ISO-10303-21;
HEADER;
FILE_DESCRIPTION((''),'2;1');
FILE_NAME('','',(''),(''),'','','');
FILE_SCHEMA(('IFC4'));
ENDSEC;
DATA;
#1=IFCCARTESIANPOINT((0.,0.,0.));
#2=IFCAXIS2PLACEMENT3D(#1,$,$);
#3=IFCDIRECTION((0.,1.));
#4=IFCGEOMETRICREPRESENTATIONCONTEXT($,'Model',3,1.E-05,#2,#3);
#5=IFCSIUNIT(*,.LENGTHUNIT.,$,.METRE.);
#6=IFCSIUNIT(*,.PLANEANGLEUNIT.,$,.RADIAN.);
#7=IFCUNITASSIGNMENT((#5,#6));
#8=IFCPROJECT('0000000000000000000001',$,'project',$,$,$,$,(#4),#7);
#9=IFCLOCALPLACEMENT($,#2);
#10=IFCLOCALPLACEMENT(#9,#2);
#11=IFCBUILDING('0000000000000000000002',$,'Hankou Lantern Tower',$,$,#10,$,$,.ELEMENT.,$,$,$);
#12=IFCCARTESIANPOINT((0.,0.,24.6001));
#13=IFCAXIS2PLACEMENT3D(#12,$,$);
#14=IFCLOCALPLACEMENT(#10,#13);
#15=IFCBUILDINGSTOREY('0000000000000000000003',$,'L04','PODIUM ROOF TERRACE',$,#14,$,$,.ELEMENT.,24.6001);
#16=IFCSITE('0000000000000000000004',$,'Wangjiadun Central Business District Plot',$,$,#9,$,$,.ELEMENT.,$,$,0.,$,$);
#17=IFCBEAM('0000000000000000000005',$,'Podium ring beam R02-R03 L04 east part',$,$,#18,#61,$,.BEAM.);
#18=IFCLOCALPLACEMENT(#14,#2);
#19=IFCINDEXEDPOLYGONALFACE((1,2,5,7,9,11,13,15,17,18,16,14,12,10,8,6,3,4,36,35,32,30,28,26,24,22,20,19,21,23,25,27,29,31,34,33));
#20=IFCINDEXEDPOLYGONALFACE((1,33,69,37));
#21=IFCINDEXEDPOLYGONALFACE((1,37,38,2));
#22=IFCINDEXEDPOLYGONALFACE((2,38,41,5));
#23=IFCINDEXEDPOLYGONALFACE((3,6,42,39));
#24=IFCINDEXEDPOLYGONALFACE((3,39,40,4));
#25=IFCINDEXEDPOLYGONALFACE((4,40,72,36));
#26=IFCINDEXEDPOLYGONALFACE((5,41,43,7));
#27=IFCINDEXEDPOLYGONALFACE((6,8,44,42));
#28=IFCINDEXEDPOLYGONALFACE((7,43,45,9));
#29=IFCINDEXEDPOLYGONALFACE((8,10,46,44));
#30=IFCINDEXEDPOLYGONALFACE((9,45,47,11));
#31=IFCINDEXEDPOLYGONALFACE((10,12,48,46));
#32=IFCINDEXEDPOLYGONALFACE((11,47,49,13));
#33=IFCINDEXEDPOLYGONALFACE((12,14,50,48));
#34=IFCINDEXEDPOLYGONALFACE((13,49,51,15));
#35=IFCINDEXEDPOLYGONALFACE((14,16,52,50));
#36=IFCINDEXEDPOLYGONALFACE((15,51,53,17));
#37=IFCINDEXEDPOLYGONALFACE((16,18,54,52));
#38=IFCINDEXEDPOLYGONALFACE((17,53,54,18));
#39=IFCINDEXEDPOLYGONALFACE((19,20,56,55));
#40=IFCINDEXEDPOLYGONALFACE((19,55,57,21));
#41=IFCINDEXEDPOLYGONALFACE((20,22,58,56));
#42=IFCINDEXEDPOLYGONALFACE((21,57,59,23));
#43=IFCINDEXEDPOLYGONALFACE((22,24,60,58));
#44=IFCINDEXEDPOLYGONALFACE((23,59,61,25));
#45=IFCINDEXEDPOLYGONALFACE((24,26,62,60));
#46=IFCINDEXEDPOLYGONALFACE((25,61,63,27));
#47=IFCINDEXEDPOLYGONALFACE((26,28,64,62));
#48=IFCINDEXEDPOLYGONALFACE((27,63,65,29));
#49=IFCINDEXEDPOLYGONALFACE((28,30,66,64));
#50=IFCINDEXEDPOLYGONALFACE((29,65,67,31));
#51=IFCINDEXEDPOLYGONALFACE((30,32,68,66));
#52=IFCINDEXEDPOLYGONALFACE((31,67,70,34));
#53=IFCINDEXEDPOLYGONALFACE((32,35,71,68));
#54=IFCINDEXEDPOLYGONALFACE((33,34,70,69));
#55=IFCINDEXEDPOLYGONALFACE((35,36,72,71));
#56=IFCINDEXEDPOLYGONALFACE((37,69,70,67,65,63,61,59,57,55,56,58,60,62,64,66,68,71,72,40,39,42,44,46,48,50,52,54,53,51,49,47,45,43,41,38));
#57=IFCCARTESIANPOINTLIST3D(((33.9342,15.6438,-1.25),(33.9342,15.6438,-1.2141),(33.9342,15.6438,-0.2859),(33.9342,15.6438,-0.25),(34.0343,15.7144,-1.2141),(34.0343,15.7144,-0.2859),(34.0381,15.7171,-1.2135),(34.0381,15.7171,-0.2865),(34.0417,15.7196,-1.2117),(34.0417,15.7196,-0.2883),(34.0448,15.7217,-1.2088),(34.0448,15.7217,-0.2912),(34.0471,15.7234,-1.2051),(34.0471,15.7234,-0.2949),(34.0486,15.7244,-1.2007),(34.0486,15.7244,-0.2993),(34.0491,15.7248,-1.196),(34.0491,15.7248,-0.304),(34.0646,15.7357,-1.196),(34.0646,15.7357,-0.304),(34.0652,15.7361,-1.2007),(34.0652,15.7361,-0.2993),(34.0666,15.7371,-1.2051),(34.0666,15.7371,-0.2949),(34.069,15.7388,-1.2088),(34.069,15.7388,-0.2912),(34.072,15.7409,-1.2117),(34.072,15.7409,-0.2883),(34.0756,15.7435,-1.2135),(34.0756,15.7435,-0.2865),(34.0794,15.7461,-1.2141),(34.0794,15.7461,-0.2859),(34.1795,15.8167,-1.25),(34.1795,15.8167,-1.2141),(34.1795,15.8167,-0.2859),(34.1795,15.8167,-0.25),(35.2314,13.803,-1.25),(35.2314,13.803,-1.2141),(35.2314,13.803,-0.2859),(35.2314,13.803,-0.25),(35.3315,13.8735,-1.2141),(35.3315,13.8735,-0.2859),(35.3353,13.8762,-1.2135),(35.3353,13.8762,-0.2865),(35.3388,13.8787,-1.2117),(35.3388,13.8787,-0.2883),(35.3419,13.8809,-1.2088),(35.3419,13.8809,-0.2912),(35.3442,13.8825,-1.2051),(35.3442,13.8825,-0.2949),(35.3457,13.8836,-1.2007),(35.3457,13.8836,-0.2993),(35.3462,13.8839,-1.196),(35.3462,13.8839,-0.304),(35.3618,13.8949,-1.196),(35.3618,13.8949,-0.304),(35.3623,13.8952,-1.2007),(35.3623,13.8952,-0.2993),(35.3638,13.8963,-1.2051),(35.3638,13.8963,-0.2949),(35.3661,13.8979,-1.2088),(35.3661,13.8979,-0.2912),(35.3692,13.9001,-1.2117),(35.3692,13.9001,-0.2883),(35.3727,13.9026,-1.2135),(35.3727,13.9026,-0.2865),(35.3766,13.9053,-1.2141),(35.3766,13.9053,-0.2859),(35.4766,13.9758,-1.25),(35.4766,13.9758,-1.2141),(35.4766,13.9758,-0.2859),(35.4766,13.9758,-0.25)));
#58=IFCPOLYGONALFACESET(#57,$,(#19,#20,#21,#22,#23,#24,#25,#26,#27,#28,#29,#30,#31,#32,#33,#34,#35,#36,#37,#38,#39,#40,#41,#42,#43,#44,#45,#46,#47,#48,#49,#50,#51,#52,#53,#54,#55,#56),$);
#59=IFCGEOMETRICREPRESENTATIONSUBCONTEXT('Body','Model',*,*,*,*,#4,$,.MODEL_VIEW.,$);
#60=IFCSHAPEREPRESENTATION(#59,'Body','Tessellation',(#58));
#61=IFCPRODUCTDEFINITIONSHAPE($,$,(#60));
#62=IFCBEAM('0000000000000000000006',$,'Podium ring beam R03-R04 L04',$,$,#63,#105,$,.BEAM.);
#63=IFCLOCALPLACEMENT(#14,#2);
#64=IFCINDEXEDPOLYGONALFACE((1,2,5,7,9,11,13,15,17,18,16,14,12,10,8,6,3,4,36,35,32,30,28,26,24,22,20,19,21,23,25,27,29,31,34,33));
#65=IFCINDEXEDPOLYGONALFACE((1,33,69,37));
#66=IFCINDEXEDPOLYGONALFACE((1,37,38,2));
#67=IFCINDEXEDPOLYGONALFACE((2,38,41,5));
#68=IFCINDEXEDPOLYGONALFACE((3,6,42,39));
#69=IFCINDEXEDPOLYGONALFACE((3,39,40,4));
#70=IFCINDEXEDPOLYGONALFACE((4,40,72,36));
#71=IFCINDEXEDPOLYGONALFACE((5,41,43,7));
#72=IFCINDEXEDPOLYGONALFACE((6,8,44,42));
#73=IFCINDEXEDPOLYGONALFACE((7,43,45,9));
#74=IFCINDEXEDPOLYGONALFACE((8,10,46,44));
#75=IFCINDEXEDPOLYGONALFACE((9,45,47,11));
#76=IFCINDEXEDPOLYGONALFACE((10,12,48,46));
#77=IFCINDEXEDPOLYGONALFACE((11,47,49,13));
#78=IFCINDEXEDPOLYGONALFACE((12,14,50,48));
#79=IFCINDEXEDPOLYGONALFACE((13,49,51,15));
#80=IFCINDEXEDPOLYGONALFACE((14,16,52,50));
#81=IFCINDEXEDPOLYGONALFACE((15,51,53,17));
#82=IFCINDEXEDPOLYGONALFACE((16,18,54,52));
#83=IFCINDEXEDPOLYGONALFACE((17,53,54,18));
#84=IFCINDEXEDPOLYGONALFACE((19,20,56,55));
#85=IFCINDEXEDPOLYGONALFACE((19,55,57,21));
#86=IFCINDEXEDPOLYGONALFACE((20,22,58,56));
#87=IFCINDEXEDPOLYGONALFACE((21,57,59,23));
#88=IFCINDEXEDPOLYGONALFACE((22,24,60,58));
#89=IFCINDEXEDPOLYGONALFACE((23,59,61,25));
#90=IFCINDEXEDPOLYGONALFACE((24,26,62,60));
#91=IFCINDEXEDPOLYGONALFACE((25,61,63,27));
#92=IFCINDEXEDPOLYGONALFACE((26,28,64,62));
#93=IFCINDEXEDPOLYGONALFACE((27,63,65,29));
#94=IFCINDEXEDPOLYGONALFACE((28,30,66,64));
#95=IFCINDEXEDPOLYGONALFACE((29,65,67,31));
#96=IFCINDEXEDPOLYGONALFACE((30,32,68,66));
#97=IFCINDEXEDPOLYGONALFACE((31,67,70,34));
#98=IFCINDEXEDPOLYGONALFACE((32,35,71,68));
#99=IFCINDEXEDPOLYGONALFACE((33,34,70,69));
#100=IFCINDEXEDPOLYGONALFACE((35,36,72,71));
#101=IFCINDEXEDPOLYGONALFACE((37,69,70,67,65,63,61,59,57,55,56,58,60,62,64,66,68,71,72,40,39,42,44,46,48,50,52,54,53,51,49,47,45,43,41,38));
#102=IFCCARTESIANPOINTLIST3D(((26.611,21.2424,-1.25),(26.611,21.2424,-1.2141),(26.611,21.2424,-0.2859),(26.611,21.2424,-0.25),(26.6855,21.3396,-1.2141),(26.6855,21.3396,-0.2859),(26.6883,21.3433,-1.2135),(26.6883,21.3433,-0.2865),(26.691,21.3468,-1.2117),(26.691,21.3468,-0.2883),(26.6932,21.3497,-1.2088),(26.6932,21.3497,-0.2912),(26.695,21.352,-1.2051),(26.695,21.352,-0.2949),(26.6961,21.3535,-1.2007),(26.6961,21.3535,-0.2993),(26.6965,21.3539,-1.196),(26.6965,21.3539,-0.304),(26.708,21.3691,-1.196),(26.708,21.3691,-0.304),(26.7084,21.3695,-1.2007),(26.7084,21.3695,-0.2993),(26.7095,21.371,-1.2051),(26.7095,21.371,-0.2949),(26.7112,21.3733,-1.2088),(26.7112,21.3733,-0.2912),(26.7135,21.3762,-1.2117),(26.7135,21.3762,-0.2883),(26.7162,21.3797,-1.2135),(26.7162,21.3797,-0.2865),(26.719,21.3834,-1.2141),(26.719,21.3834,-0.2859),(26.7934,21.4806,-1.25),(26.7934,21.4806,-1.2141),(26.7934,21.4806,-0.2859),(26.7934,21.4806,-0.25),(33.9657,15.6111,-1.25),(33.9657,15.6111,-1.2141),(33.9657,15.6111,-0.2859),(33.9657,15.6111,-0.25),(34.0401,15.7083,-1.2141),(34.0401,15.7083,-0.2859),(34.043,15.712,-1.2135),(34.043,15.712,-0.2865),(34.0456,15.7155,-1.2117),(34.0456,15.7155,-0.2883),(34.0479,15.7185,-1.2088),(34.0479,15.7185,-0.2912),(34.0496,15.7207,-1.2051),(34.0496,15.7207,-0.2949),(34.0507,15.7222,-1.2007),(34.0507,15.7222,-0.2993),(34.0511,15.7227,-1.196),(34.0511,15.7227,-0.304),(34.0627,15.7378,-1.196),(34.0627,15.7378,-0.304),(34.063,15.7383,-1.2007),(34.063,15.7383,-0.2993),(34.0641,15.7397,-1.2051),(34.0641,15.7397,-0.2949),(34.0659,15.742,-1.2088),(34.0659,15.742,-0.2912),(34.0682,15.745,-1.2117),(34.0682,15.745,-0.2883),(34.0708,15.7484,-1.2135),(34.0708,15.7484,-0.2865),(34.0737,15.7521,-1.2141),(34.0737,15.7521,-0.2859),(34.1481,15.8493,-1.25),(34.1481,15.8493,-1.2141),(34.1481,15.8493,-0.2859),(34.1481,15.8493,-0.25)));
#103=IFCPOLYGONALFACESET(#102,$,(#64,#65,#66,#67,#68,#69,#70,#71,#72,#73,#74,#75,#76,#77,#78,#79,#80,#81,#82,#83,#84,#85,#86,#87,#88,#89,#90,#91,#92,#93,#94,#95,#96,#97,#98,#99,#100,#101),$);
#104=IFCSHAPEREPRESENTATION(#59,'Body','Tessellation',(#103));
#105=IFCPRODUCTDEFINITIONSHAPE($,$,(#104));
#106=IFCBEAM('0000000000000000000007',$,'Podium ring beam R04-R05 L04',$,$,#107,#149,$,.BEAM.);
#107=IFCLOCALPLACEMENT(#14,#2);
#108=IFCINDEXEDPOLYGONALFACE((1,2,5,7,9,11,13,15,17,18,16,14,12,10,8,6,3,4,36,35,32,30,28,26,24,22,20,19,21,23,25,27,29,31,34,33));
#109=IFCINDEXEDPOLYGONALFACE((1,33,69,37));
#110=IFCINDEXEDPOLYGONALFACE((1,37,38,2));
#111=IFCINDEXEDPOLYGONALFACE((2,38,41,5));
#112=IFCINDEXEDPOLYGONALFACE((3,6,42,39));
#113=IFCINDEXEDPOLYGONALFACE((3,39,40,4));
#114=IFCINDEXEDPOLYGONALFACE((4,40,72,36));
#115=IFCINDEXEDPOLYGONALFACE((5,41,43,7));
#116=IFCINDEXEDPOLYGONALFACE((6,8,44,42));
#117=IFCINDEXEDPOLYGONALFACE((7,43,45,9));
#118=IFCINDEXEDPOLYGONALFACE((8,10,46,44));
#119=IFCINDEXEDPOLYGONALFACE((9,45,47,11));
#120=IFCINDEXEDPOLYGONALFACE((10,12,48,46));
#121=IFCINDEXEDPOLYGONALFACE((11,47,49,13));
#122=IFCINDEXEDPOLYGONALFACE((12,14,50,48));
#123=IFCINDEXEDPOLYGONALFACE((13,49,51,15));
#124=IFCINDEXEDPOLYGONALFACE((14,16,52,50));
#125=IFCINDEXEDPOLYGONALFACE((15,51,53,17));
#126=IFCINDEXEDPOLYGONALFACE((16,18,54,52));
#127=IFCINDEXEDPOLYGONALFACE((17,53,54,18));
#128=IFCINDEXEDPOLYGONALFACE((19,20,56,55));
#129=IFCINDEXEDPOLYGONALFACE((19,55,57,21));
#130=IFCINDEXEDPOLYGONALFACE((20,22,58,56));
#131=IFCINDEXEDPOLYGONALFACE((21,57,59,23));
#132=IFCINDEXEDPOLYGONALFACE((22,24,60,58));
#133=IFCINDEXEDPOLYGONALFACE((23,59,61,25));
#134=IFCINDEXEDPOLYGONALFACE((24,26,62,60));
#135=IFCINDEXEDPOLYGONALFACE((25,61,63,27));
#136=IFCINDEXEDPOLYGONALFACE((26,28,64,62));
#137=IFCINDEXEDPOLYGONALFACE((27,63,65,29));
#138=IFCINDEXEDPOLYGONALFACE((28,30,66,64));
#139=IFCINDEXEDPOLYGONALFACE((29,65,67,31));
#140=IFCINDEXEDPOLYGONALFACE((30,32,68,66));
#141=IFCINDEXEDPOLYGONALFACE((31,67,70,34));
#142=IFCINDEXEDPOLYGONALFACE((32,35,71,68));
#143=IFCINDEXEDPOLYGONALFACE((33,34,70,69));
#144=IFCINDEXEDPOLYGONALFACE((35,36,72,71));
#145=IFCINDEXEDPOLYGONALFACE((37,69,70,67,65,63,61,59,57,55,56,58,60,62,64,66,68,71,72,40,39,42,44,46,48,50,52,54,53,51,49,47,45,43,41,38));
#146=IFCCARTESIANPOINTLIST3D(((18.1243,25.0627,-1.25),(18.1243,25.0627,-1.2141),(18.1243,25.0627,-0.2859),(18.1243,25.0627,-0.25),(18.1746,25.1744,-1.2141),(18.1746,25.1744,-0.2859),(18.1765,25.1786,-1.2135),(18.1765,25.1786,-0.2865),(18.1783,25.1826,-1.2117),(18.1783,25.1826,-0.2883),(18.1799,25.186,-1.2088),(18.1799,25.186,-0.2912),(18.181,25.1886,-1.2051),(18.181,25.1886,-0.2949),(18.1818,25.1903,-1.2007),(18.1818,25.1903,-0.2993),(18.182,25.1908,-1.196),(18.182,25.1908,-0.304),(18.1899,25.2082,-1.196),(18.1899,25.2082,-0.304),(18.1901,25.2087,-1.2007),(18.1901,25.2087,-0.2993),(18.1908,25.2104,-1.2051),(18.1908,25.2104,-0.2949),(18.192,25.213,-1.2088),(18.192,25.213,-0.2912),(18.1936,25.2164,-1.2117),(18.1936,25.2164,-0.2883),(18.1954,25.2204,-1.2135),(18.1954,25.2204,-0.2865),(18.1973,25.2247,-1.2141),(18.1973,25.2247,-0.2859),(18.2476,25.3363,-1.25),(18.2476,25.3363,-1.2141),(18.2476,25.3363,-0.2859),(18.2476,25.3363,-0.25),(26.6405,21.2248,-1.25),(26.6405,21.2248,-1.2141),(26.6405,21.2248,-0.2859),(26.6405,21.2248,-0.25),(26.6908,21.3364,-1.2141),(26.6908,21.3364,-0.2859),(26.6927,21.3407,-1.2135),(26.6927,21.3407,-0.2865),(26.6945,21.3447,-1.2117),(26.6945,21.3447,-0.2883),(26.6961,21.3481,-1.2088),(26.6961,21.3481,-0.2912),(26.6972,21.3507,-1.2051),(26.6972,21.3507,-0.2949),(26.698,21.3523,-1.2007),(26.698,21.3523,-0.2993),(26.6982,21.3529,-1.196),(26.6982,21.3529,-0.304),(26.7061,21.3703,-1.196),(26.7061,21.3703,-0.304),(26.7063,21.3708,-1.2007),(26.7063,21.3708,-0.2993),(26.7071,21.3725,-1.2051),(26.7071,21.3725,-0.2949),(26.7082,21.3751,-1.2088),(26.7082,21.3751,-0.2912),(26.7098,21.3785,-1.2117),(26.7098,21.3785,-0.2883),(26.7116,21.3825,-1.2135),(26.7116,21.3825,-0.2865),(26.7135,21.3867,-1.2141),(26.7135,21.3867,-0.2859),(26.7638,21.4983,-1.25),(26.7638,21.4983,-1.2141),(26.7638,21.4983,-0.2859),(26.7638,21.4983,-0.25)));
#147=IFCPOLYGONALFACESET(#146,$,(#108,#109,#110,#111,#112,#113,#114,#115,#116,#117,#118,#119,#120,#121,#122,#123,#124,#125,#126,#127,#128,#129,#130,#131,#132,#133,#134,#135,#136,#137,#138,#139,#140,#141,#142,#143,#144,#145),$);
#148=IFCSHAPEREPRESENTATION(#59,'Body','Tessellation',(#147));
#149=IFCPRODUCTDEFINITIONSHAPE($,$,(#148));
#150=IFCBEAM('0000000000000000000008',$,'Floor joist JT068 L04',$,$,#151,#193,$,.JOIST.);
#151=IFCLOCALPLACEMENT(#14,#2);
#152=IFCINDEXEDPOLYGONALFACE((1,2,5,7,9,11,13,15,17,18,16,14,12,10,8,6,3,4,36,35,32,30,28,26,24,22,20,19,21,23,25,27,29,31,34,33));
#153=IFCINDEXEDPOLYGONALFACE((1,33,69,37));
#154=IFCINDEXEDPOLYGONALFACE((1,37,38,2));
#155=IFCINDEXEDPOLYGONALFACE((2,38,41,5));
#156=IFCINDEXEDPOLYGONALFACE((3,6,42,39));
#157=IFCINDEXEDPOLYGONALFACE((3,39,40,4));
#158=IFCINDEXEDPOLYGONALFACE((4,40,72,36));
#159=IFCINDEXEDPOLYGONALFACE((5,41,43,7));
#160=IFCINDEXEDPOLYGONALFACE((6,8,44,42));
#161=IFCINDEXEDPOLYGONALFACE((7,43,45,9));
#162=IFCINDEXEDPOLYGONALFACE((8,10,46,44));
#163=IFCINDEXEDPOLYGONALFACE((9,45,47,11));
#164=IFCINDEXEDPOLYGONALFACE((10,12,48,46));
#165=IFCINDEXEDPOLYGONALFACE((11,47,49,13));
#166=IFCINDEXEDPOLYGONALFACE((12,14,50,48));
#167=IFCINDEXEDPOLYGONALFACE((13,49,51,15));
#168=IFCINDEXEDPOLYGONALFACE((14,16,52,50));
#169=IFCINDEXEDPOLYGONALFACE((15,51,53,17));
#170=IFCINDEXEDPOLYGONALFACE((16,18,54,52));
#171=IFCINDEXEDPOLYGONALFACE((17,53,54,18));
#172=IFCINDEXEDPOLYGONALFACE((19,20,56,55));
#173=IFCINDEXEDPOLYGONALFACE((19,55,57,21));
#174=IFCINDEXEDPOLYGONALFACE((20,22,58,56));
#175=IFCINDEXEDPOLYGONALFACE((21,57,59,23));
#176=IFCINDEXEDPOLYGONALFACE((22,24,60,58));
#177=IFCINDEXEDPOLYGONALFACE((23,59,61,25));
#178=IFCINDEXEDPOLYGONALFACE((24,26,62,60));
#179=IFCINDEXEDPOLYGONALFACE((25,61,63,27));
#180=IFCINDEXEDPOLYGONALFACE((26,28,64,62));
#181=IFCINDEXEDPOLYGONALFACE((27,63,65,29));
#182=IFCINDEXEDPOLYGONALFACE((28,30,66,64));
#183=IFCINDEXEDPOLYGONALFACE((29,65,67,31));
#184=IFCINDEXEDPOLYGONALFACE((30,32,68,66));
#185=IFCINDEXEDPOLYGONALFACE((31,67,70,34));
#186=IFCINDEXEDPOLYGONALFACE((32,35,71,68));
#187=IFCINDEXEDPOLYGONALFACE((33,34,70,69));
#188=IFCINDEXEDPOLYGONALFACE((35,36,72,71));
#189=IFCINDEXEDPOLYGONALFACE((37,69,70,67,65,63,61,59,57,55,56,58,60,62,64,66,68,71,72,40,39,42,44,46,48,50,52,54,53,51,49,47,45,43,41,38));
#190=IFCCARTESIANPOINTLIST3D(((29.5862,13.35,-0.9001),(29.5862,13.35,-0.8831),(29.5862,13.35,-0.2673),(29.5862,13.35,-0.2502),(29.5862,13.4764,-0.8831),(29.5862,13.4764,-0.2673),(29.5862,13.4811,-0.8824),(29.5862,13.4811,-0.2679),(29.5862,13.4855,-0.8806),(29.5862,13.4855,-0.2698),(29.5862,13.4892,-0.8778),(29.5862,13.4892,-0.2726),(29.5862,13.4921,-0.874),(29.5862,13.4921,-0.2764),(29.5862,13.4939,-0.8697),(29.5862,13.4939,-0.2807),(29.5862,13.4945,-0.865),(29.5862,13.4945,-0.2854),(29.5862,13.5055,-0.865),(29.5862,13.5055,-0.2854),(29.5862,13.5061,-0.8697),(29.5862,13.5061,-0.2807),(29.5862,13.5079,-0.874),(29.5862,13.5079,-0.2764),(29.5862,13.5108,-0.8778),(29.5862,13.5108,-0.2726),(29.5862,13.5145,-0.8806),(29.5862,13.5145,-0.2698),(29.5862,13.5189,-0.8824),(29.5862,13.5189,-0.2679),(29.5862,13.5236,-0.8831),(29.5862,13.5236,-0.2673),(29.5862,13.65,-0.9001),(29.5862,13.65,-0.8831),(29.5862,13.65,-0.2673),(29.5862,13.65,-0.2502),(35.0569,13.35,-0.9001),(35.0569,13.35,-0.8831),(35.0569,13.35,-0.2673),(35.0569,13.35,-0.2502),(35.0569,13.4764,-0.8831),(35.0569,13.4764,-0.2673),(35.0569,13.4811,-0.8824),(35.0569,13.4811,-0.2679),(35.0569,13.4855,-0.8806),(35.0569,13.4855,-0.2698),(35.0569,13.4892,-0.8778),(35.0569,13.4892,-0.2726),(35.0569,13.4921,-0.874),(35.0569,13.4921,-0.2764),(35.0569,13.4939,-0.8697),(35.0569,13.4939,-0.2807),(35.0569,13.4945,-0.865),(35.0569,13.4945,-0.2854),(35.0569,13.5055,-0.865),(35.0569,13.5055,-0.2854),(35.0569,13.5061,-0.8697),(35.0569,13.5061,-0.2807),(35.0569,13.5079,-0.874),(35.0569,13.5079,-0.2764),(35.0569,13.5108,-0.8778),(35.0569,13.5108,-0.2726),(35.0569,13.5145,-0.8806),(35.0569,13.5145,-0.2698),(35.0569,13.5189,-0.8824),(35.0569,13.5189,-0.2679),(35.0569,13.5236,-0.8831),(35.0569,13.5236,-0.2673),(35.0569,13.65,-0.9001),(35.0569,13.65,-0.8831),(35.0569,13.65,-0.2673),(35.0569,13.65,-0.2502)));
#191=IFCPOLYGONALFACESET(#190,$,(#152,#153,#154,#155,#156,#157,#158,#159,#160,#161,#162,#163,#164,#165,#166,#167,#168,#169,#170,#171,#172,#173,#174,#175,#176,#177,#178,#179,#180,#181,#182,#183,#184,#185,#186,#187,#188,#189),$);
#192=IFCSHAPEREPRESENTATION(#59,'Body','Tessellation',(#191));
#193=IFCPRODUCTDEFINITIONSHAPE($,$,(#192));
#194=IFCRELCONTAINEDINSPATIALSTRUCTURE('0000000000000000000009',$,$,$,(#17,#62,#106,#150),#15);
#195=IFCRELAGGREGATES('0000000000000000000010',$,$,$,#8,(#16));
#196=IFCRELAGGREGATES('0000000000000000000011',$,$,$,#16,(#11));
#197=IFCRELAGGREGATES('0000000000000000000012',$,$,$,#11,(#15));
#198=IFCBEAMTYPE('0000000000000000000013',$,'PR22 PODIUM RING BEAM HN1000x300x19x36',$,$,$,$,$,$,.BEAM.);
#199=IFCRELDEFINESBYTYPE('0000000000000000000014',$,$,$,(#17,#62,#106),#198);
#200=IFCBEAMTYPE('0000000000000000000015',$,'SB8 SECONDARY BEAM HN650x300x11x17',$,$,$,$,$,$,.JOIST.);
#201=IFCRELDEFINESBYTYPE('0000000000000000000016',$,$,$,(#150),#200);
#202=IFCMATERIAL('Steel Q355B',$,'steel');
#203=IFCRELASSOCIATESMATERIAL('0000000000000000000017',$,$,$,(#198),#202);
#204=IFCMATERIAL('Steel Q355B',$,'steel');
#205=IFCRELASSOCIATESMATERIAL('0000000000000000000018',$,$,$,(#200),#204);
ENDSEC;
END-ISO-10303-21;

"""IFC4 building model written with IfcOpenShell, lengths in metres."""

from ifc_helpers import new_model, si_unit, direction, frame, origin, origin_2d, place, context, subcontext, project, spatial, i_section, extrude, material, material_profile, profile_set, type_object, element, save


model = new_model("IFC4")

# Units and contexts
model_context = context("Model", 3, precision=1e-05, world=origin(), true_north=direction((0.0, 1.0)))
body_context = subcontext(model_context, "Body", "Model", "MODEL_VIEW")
ifc_project = project(units=[si_unit("LENGTHUNIT", "METRE"), si_unit("PLANEANGLEUNIT", "RADIAN")], contexts=[model_context])

# Site, building, storey
site_placement = place(None, origin())
site = spatial("IfcSite", under=ifc_project, at=site_placement, Name="Wangjiadun Central Business District Plot", CompositionType="ELEMENT", RefElevation=0.0)
building_placement = place(site_placement, origin())
building = spatial("IfcBuilding", under=site, at=building_placement, Name="Hankou Lantern Tower", CompositionType="ELEMENT")
storey_placement = place(building_placement, frame((0.0, 0.0, 24.6001)))
storey = spatial("IfcBuildingStorey", under=building, at=storey_placement, Name="L04", Description="PODIUM ROOF TERRACE", CompositionType="ELEMENT", Elevation=24.6001)

# Beams
ifc_material_1 = material(Name="Steel Q355B", Category="steel")
ifc_material_profile_1 = material_profile(ifc_material_1, i_section(OverallWidth=0.3, OverallDepth=1.0, WebThickness=0.019, FlangeThickness=0.0359, FilletRadius=0.0181, at=origin_2d()), Name="HN1000x300x19x36")
ifc_profile_set_1 = profile_set([ifc_material_profile_1], Name="Steel Q355B")
beam_type_1 = type_object("IfcBeamType", Name="PR22 PODIUM RING BEAM HN1000x300x19x36", PredefinedType="BEAM", material=ifc_profile_set_1)
beam_1_placement = place(storey_placement, frame((35.354, 13.8894, -0.75), z_axis=(-0.576006, 0.817445, 0.0), x_axis=(-0.817445, -0.576006, 0.0)))
element("IfcBeam", 1, at=beam_1_placement, inside=storey, type_object=beam_type_1, Name="Podium ring beam R02-R03 L04 east part", PredefinedType="BEAM", context=body_context, shape_type="SweptSolid", body=[
    extrude(i_section(OverallWidth=0.3, OverallDepth=1.0, WebThickness=0.019, FlangeThickness=0.0359, FilletRadius=0.0181, at=origin_2d()), origin(), (0.0, 0.0, 1.0), 2.252),
])
beam_2_placement = place(storey_placement, frame((34.0569, 15.7302, -0.75), z_axis=(-0.793986, 0.607936, 0.0), x_axis=(-0.607936, -0.793986, 0.0)))
element("IfcBeam", 2, at=beam_2_placement, inside=storey, type_object=beam_type_1, Name="Podium ring beam R03-R04 L04", PredefinedType="BEAM", context=body_context, shape_type="SweptSolid", body=[
    extrude(i_section(OverallWidth=0.3, OverallDepth=1.0, WebThickness=0.019, FlangeThickness=0.0359, FilletRadius=0.0181, at=origin_2d()), origin(), (0.0, 0.0, 1.0), 9.2629),
])
beam_3_placement = place(storey_placement, frame((26.7021, 21.3616, -0.75), z_axis=(-0.911695, 0.410867, 0.0), x_axis=(-0.410867, -0.911695, 0.0)))
element("IfcBeam", 3, at=beam_3_placement, inside=storey, type_object=beam_type_1, Name="Podium ring beam R04-R05 L04", PredefinedType="BEAM", context=body_context, shape_type="SweptSolid", body=[
    extrude(i_section(OverallWidth=0.3, OverallDepth=1.0, WebThickness=0.019, FlangeThickness=0.0359, FilletRadius=0.0181, at=origin_2d()), origin(), (0.0, 0.0, 1.0), 9.3411),
])
ifc_material_2 = material(Name="Steel Q355B", Category="steel")
ifc_material_profile_2 = material_profile(ifc_material_2, i_section(OverallWidth=0.3, OverallDepth=0.6499, WebThickness=0.011, FlangeThickness=0.0171, FilletRadius=0.0181, at=origin_2d()), Name="HN650x300x11x17")
ifc_profile_set_2 = profile_set([ifc_material_profile_2], Name="Steel Q355B")
beam_type_2 = type_object("IfcBeamType", Name="SB8 SECONDARY BEAM HN650x300x11x17", PredefinedType="JOIST", material=ifc_profile_set_2)
beam_4_placement = place(storey_placement, frame((29.5862, 13.5, -0.5752), z_axis=(1.0, 0.0, 0.0), x_axis=(0.0, 1.0, 0.0)))
element("IfcBeam", 4, at=beam_4_placement, inside=storey, type_object=beam_type_2, Name="Floor joist JT068 L04", PredefinedType="JOIST", context=body_context, shape_type="SweptSolid", body=[
    extrude(i_section(OverallWidth=0.3, OverallDepth=0.6499, WebThickness=0.011, FlangeThickness=0.0171, FilletRadius=0.0181, at=origin_2d()), origin(), (0.0, 0.0, 1.0), 5.4707),
])

save(model, "model.ifc")
